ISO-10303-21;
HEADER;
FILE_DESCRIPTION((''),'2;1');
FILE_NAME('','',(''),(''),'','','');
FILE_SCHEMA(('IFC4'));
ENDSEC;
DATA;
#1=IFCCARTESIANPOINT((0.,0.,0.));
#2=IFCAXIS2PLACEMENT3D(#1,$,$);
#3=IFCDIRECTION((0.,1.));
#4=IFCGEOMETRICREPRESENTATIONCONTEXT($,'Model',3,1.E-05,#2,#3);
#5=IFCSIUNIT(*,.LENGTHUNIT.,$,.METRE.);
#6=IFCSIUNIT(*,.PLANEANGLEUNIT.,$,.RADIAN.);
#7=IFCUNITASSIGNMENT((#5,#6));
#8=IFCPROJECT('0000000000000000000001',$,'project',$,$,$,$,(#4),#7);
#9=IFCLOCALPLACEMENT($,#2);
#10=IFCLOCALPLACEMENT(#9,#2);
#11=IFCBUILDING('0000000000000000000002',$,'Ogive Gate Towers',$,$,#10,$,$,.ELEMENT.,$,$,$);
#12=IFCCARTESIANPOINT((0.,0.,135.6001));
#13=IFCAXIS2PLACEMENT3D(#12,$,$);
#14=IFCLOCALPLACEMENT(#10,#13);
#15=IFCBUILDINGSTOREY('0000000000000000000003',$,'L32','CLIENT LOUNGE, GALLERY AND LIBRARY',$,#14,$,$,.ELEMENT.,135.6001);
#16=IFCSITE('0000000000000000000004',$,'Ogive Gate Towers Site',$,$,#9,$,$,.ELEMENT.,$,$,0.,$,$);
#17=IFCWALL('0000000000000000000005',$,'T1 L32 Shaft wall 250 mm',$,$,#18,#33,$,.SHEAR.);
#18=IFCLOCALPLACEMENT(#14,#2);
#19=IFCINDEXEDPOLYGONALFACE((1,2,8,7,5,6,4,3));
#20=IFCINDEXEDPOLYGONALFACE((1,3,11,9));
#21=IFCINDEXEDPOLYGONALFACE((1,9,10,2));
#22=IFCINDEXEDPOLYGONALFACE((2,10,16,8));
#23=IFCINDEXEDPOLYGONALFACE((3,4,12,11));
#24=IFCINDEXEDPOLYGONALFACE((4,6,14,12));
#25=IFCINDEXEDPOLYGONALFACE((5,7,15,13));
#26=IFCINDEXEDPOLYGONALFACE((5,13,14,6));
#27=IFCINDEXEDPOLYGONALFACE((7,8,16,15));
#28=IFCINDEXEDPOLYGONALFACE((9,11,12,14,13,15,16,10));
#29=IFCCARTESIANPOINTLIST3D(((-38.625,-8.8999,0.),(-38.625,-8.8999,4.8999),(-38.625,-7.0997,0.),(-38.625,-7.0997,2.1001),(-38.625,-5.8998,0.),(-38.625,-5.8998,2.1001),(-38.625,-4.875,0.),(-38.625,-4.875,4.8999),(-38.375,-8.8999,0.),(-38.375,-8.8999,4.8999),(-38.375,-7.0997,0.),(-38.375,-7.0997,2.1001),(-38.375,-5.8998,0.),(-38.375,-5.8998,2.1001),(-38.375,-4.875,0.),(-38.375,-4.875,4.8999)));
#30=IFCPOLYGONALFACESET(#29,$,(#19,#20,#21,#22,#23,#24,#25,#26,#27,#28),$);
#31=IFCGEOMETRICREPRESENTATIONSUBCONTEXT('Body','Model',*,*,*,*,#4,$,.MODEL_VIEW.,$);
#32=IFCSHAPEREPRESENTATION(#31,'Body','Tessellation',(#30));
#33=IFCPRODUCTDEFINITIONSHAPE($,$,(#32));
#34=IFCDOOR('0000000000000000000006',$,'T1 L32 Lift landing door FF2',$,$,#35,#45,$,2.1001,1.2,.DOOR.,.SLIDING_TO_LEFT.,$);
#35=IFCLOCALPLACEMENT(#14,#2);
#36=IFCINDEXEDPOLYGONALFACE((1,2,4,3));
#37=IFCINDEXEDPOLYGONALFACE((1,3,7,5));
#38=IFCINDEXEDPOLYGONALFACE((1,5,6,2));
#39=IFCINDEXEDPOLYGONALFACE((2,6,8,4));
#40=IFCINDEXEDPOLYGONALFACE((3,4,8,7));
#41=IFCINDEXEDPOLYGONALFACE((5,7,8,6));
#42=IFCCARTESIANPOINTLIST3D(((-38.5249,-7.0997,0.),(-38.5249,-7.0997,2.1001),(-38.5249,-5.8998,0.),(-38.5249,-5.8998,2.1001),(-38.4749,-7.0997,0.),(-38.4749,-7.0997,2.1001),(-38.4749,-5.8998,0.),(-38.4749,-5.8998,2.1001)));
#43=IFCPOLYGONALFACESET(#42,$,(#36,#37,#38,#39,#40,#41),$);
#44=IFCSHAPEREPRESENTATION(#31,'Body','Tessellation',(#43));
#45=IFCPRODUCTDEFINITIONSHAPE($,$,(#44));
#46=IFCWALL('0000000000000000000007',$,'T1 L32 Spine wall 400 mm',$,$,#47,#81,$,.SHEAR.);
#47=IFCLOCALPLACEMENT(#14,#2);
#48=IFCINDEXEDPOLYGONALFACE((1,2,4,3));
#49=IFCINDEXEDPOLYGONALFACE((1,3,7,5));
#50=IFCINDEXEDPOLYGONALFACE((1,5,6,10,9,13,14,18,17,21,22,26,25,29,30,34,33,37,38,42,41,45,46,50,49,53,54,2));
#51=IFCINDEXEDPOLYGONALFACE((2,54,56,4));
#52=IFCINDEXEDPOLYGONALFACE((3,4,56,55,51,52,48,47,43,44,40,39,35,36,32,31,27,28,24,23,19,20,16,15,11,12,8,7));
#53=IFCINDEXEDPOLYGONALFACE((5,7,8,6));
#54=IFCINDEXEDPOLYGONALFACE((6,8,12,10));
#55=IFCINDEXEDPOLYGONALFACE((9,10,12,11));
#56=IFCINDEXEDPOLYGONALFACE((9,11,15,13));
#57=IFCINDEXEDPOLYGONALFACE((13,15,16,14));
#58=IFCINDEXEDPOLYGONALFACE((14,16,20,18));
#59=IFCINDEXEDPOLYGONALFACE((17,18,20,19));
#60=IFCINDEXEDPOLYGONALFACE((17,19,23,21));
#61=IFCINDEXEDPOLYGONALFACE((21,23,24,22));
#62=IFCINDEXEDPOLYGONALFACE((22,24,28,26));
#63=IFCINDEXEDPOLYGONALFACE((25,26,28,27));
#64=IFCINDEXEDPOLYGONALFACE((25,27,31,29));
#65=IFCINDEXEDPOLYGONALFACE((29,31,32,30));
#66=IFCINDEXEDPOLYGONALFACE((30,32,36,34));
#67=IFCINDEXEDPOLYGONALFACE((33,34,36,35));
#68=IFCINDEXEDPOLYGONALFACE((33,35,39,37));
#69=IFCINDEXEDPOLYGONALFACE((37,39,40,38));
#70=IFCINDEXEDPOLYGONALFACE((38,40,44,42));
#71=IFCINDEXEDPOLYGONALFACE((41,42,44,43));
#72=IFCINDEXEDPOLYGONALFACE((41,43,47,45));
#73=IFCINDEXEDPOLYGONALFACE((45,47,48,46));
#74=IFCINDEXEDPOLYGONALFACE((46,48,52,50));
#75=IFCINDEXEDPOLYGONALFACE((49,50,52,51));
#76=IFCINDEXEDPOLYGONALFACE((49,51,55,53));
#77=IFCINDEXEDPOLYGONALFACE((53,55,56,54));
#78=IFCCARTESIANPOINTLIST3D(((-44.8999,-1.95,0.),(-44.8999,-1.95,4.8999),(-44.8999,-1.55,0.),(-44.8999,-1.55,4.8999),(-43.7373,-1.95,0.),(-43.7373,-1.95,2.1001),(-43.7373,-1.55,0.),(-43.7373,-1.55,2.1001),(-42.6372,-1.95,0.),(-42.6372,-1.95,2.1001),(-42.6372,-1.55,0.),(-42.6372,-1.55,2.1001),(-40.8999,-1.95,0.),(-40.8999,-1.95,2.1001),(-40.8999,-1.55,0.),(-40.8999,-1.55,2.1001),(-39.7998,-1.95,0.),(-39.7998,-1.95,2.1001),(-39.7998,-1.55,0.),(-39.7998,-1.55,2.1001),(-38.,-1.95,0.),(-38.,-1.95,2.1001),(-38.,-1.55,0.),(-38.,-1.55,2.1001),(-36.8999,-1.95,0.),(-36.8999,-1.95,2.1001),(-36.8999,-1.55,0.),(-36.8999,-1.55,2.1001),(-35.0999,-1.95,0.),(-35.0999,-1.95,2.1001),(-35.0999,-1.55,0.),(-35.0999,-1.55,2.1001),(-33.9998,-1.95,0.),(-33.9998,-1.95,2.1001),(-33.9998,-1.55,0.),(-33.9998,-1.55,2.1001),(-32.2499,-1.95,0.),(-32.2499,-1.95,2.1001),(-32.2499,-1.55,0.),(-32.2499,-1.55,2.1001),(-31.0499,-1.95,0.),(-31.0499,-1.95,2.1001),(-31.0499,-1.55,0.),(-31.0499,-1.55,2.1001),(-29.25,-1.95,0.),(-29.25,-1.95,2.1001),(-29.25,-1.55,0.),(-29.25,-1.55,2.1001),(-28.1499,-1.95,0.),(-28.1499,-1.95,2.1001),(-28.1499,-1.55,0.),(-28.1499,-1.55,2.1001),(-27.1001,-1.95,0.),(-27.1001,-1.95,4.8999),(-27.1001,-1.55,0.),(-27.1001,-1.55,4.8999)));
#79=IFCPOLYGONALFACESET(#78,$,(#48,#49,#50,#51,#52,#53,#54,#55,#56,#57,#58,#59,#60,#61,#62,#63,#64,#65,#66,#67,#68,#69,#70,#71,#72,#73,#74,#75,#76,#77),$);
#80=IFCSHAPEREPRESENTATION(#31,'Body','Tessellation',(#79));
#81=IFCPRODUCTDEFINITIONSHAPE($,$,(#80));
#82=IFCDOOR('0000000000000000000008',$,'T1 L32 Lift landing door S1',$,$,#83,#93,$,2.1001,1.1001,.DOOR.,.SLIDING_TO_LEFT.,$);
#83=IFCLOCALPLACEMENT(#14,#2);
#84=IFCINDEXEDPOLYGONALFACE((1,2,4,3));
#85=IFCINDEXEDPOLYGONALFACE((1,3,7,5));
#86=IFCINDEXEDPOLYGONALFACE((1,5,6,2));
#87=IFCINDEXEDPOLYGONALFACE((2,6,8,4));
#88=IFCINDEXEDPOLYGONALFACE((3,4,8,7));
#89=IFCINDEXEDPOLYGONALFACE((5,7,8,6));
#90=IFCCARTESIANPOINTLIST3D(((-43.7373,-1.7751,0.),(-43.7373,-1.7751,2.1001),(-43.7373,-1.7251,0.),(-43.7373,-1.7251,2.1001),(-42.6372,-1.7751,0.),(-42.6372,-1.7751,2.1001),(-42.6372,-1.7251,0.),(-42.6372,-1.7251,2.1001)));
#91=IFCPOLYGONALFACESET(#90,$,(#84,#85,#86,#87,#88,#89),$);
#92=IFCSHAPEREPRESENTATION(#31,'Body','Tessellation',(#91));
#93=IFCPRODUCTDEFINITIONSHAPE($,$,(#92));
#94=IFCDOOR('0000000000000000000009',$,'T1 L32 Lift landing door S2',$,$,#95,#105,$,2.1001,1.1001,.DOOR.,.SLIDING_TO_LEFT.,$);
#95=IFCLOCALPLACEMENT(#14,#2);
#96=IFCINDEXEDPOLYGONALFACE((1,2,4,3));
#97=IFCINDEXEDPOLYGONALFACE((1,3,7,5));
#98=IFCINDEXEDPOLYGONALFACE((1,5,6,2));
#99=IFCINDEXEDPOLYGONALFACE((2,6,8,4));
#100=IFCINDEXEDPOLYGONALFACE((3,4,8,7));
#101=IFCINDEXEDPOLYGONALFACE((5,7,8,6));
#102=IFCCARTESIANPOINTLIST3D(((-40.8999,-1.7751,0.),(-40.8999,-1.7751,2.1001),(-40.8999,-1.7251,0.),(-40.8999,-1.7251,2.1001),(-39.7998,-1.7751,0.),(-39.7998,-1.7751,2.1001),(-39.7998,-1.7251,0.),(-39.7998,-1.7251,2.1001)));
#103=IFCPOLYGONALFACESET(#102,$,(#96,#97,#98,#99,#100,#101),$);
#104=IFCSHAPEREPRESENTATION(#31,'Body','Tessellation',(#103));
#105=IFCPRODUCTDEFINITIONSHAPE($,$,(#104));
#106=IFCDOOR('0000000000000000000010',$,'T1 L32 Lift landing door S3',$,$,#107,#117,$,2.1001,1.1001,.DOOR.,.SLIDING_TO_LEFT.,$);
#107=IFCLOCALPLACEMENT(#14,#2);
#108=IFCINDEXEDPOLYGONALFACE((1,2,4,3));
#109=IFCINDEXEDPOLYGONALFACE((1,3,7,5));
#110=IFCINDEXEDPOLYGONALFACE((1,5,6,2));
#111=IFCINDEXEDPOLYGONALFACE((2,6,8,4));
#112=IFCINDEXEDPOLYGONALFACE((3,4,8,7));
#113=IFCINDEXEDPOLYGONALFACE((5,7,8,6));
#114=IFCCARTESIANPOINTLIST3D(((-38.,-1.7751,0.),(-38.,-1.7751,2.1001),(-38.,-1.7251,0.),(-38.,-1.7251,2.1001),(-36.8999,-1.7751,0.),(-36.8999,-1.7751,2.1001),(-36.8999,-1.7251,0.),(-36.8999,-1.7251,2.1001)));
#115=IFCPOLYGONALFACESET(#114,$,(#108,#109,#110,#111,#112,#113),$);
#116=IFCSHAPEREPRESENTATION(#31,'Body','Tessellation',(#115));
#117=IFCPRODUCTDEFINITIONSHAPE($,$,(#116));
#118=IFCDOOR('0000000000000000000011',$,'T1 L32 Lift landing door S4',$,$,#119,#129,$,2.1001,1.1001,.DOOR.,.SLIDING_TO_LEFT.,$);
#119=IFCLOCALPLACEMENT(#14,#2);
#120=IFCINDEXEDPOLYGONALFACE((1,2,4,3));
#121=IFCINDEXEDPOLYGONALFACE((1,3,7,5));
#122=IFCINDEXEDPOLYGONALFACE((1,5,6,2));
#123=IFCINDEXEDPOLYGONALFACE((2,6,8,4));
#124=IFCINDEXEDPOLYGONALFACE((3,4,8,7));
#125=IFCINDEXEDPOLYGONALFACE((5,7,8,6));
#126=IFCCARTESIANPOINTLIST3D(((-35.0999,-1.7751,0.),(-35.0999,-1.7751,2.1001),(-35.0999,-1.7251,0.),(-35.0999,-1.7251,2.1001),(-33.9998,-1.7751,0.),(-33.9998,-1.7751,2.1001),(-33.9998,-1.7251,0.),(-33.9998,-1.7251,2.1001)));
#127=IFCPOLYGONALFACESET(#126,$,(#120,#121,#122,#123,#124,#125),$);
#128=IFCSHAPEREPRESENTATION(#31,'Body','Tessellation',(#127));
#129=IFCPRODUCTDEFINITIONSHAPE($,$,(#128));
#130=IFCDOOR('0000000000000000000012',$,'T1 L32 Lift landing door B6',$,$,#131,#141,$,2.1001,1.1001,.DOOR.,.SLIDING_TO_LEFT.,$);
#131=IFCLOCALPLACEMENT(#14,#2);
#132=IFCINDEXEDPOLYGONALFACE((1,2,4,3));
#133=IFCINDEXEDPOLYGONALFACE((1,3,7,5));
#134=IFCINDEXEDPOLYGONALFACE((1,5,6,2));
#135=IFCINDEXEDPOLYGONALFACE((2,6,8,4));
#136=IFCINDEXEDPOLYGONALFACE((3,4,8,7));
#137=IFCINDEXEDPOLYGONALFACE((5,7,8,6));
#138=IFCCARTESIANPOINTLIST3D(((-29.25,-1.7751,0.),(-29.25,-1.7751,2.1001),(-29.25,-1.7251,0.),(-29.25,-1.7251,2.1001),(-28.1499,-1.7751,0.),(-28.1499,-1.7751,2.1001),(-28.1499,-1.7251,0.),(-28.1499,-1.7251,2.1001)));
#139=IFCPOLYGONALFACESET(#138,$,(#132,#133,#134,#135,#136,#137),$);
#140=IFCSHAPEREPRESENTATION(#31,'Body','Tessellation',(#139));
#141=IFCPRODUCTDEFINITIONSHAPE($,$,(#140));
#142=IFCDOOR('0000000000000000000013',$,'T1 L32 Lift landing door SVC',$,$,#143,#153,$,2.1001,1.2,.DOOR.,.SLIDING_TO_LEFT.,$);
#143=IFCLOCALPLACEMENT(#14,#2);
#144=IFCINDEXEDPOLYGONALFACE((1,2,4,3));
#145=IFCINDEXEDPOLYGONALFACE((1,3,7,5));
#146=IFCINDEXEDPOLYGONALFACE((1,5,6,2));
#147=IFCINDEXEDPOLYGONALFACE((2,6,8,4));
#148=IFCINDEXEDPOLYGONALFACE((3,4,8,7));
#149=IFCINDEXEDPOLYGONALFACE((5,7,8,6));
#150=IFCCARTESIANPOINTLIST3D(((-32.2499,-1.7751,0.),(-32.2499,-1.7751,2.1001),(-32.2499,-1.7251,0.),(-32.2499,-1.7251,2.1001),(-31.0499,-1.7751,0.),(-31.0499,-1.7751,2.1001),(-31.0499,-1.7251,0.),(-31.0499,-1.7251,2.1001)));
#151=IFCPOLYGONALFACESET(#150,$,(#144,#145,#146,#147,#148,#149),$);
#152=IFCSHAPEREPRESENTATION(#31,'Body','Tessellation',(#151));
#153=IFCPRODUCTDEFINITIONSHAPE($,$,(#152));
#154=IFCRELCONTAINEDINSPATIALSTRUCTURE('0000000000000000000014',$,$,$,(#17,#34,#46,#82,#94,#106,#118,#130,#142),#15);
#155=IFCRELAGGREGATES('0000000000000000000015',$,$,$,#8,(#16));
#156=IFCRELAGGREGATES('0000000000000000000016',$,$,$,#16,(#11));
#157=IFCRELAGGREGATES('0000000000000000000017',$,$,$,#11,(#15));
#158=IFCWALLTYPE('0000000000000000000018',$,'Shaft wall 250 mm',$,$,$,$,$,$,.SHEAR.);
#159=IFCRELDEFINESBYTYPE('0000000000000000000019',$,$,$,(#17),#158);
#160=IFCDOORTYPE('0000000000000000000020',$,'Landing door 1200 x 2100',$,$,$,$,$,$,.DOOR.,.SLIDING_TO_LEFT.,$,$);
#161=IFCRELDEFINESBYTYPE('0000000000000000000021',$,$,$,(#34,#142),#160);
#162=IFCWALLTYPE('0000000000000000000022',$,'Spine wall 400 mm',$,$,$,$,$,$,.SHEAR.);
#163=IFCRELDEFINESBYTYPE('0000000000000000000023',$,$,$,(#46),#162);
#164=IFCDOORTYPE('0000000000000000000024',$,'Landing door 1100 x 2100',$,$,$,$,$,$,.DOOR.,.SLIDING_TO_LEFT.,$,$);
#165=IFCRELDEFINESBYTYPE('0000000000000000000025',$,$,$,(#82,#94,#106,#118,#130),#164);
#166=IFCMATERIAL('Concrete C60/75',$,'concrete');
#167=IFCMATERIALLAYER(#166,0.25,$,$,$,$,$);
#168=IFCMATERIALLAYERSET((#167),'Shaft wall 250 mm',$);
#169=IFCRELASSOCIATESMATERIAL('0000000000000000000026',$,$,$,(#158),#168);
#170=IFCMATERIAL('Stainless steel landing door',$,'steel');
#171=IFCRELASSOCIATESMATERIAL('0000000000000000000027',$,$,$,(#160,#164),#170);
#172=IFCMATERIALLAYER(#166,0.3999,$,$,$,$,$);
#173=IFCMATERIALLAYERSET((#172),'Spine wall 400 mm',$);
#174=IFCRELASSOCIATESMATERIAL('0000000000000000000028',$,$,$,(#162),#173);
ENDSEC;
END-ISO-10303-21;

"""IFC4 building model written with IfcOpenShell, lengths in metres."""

from ifc_helpers import new_model, si_unit, direction, frame, frame_2d, origin, place, context, subcontext, project, spatial, rectangle, extrude, material, layer, layer_set, type_object, element, fill, save


model = new_model("IFC4")

# Units and contexts
model_context = context("Model", 3, precision=1e-05, world=origin(), true_north=direction((0.0, 1.0)))
body_context = subcontext(model_context, "Body", "Model", "MODEL_VIEW")
ifc_project = project(units=[si_unit("LENGTHUNIT", "METRE"), si_unit("PLANEANGLEUNIT", "RADIAN")], contexts=[model_context])

# Site, building, storey
site_placement = place(None, origin())
site = spatial("IfcSite", under=ifc_project, at=site_placement, Name="Ogive Gate Towers Site", CompositionType="ELEMENT", RefElevation=0.0)
building_placement = place(site_placement, origin())
building = spatial("IfcBuilding", under=site, at=building_placement, Name="Ogive Gate Towers", CompositionType="ELEMENT")
storey_placement = place(building_placement, frame((0.0, 0.0, 135.6001)))
storey = spatial("IfcBuildingStorey", under=building, at=storey_placement, Name="L32", Description="CLIENT LOUNGE, GALLERY AND LIBRARY", CompositionType="ELEMENT", Elevation=135.6001)

# Shared definitions
ifc_material_1 = material(Name="Concrete C60/75", Category="concrete")

# Shared definitions
ifc_layer_1 = layer(ifc_material_1, 0.25)
ifc_layer_set_1 = layer_set([ifc_layer_1], Name="Shaft wall 250 mm")
wall_type_1 = type_object("IfcWallType", Name="Shaft wall 250 mm", PredefinedType="SHEAR", material=ifc_layer_set_1)

# Wall, opening, door
wall_1_placement = place(storey_placement, frame((-38.5, -8.8999, 0.0), z_axis=(0.0, 0.0, 1.0), x_axis=(0.0, 1.0, 0.0)))
wall_1 = element("IfcWall", 1, at=wall_1_placement, inside=storey, type_object=wall_type_1, Name="T1 L32 Shaft wall 250 mm", PredefinedType="SHEAR", context=body_context, shape_type="SweptSolid", body=[
    extrude(rectangle(XDim=4.0249, YDim=0.25, at=frame_2d((2.0125, 0.0))), origin(), (0.0, 0.0, 1.0), 4.8999),
])
opening_1_placement = place(wall_1_placement, frame((1.8, 0.0, 0.0)))
opening_1 = element("IfcOpeningElement", 2, at=opening_1_placement, cuts=wall_1, PredefinedType="OPENING", context=body_context, shape_type="SweptSolid", body=[
    extrude(rectangle(XDim=1.2, YDim=2.1001, at=frame_2d((0.6001, 1.05))), frame((0.0, 0.135, 0.0), z_axis=(0.0, -1.0, 0.0), x_axis=(1.0, 0.0, 0.0)), (0.0, 0.0, 1.0), 0.27),
])
ifc_material_2 = material(Name="Stainless steel landing door", Category="steel")
door_type_1 = type_object("IfcDoorType", Name="Landing door 1200 x 2100", OperationType="SLIDING_TO_LEFT", PredefinedType="DOOR", material=ifc_material_2)
door_1_placement = place(opening_1_placement, origin())
door_1 = element("IfcDoor", 3, at=door_1_placement, inside=storey, type_object=door_type_1, Name="T1 L32 Lift landing door FF2", OperationType="SLIDING_TO_LEFT", OverallHeight=2.1001, OverallWidth=1.2, PredefinedType="DOOR", context=body_context, shape_type="SweptSolid", body=[
    extrude(rectangle(XDim=1.2, YDim=2.1001, at=frame_2d((0.6001, 1.05))), frame((0.0, 0.0249, 0.0), z_axis=(0.0, -1.0, 0.0), x_axis=(1.0, 0.0, 0.0)), (0.0, 0.0, 1.0), 0.05),
])
fill(opening_1, door_1)

# Wall, openings, doors
ifc_layer_2 = layer(ifc_material_1, 0.3999)
ifc_layer_set_2 = layer_set([ifc_layer_2], Name="Spine wall 400 mm")
wall_type_2 = type_object("IfcWallType", Name="Spine wall 400 mm", PredefinedType="SHEAR", material=ifc_layer_set_2)
wall_2_placement = place(storey_placement, frame((-44.8999, -1.75, 0.0), z_axis=(0.0, 0.0, 1.0), x_axis=(1.0, 0.0, 0.0)))
wall_2 = element("IfcWall", 4, at=wall_2_placement, inside=storey, type_object=wall_type_2, Name="T1 L32 Spine wall 400 mm", PredefinedType="SHEAR", context=body_context, shape_type="SweptSolid", body=[
    extrude(rectangle(XDim=17.7998, YDim=0.3999, at=frame_2d((8.8999, 0.0))), origin(), (0.0, 0.0, 1.0), 4.8999),
])
opening_2_placement = place(wall_2_placement, frame((1.1626, 0.0, 0.0)))
opening_2 = element("IfcOpeningElement", 5, at=opening_2_placement, cuts=wall_2, PredefinedType="OPENING", context=body_context, shape_type="SweptSolid", body=[
    extrude(rectangle(XDim=1.1001, YDim=2.1001, at=frame_2d((0.55, 1.05))), frame((0.0, 0.21, 0.0), z_axis=(0.0, -1.0, 0.0), x_axis=(1.0, 0.0, 0.0)), (0.0, 0.0, 1.0), 0.4199),
])
opening_3_placement = place(wall_2_placement, frame((4.0, 0.0, 0.0)))
opening_3 = element("IfcOpeningElement", 6, at=opening_3_placement, cuts=wall_2, PredefinedType="OPENING", context=body_context, shape_type="SweptSolid", body=[
    extrude(rectangle(XDim=1.1001, YDim=2.1001, at=frame_2d((0.55, 1.05))), frame((0.0, 0.21, 0.0), z_axis=(0.0, -1.0, 0.0), x_axis=(1.0, 0.0, 0.0)), (0.0, 0.0, 1.0), 0.4199),
])
opening_4_placement = place(wall_2_placement, frame((6.8999, 0.0, 0.0)))
opening_4 = element("IfcOpeningElement", 7, at=opening_4_placement, cuts=wall_2, PredefinedType="OPENING", context=body_context, shape_type="SweptSolid", body=[
    extrude(rectangle(XDim=1.1001, YDim=2.1001, at=frame_2d((0.55, 1.05))), frame((0.0, 0.21, 0.0), z_axis=(0.0, -1.0, 0.0), x_axis=(1.0, 0.0, 0.0)), (0.0, 0.0, 1.0), 0.4199),
])
opening_5_placement = place(wall_2_placement, frame((9.8, 0.0, 0.0)))
opening_5 = element("IfcOpeningElement", 8, at=opening_5_placement, cuts=wall_2, PredefinedType="OPENING", context=body_context, shape_type="SweptSolid", body=[
    extrude(rectangle(XDim=1.1001, YDim=2.1001, at=frame_2d((0.55, 1.05))), frame((0.0, 0.21, 0.0), z_axis=(0.0, -1.0, 0.0), x_axis=(1.0, 0.0, 0.0)), (0.0, 0.0, 1.0), 0.4199),
])
opening_6_placement = place(wall_2_placement, frame((12.6499, 0.0, 0.0)))
opening_6 = element("IfcOpeningElement", 9, at=opening_6_placement, cuts=wall_2, PredefinedType="OPENING", context=body_context, shape_type="SweptSolid", body=[
    extrude(rectangle(XDim=1.2, YDim=2.1001, at=frame_2d((0.6001, 1.05))), frame((0.0, 0.21, 0.0), z_axis=(0.0, -1.0, 0.0), x_axis=(1.0, 0.0, 0.0)), (0.0, 0.0, 1.0), 0.4199),
])
opening_7_placement = place(wall_2_placement, frame((15.6499, 0.0, 0.0)))
opening_7 = element("IfcOpeningElement", 10, at=opening_7_placement, cuts=wall_2, PredefinedType="OPENING", context=body_context, shape_type="SweptSolid", body=[
    extrude(rectangle(XDim=1.1001, YDim=2.1001, at=frame_2d((0.55, 1.05))), frame((0.0, 0.21, 0.0), z_axis=(0.0, -1.0, 0.0), x_axis=(1.0, 0.0, 0.0)), (0.0, 0.0, 1.0), 0.4199),
])
door_type_2 = type_object("IfcDoorType", Name="Landing door 1100 x 2100", OperationType="SLIDING_TO_LEFT", PredefinedType="DOOR", material=ifc_material_2)
door_2_placement = place(opening_2_placement, origin())
door_2 = element("IfcDoor", 11, at=door_2_placement, inside=storey, type_object=door_type_2, Name="T1 L32 Lift landing door S1", OperationType="SLIDING_TO_LEFT", OverallHeight=2.1001, OverallWidth=1.1001, PredefinedType="DOOR", context=body_context, shape_type="SweptSolid", body=[
    extrude(rectangle(XDim=1.1001, YDim=2.1001, at=frame_2d((0.55, 1.05))), frame((0.0, 0.0249, 0.0), z_axis=(0.0, -1.0, 0.0), x_axis=(1.0, 0.0, 0.0)), (0.0, 0.0, 1.0), 0.05),
])
fill(opening_2, door_2)
door_3_placement = place(opening_3_placement, origin())
door_3 = element("IfcDoor", 12, at=door_3_placement, inside=storey, type_object=door_type_2, Name="T1 L32 Lift landing door S2", OperationType="SLIDING_TO_LEFT", OverallHeight=2.1001, OverallWidth=1.1001, PredefinedType="DOOR", context=body_context, shape_type="SweptSolid", body=[
    extrude(rectangle(XDim=1.1001, YDim=2.1001, at=frame_2d((0.55, 1.05))), frame((0.0, 0.0249, 0.0), z_axis=(0.0, -1.0, 0.0), x_axis=(1.0, 0.0, 0.0)), (0.0, 0.0, 1.0), 0.05),
])
fill(opening_3, door_3)
door_4_placement = place(opening_4_placement, origin())
door_4 = element("IfcDoor", 13, at=door_4_placement, inside=storey, type_object=door_type_2, Name="T1 L32 Lift landing door S3", OperationType="SLIDING_TO_LEFT", OverallHeight=2.1001, OverallWidth=1.1001, PredefinedType="DOOR", context=body_context, shape_type="SweptSolid", body=[
    extrude(rectangle(XDim=1.1001, YDim=2.1001, at=frame_2d((0.55, 1.05))), frame((0.0, 0.0249, 0.0), z_axis=(0.0, -1.0, 0.0), x_axis=(1.0, 0.0, 0.0)), (0.0, 0.0, 1.0), 0.05),
])
fill(opening_4, door_4)
door_5_placement = place(opening_5_placement, origin())
door_5 = element("IfcDoor", 14, at=door_5_placement, inside=storey, type_object=door_type_2, Name="T1 L32 Lift landing door S4", OperationType="SLIDING_TO_LEFT", OverallHeight=2.1001, OverallWidth=1.1001, PredefinedType="DOOR", context=body_context, shape_type="SweptSolid", body=[
    extrude(rectangle(XDim=1.1001, YDim=2.1001, at=frame_2d((0.55, 1.05))), frame((0.0, 0.0249, 0.0), z_axis=(0.0, -1.0, 0.0), x_axis=(1.0, 0.0, 0.0)), (0.0, 0.0, 1.0), 0.05),
])
fill(opening_5, door_5)
door_6_placement = place(opening_7_placement, origin())
door_6 = element("IfcDoor", 15, at=door_6_placement, inside=storey, type_object=door_type_2, Name="T1 L32 Lift landing door B6", OperationType="SLIDING_TO_LEFT", OverallHeight=2.1001, OverallWidth=1.1001, PredefinedType="DOOR", context=body_context, shape_type="SweptSolid", body=[
    extrude(rectangle(XDim=1.1001, YDim=2.1001, at=frame_2d((0.55, 1.05))), frame((0.0, 0.0249, 0.0), z_axis=(0.0, -1.0, 0.0), x_axis=(1.0, 0.0, 0.0)), (0.0, 0.0, 1.0), 0.05),
])
fill(opening_7, door_6)
door_7_placement = place(opening_6_placement, origin())
door_7 = element("IfcDoor", 16, at=door_7_placement, inside=storey, type_object=door_type_1, Name="T1 L32 Lift landing door SVC", OperationType="SLIDING_TO_LEFT", OverallHeight=2.1001, OverallWidth=1.2, PredefinedType="DOOR", context=body_context, shape_type="SweptSolid", body=[
    extrude(rectangle(XDim=1.2, YDim=2.1001, at=frame_2d((0.6001, 1.05))), frame((0.0, 0.0249, 0.0), z_axis=(0.0, -1.0, 0.0), x_axis=(1.0, 0.0, 0.0)), (0.0, 0.0, 1.0), 0.05),
])
fill(opening_6, door_7)

save(model, "model.ifc")
